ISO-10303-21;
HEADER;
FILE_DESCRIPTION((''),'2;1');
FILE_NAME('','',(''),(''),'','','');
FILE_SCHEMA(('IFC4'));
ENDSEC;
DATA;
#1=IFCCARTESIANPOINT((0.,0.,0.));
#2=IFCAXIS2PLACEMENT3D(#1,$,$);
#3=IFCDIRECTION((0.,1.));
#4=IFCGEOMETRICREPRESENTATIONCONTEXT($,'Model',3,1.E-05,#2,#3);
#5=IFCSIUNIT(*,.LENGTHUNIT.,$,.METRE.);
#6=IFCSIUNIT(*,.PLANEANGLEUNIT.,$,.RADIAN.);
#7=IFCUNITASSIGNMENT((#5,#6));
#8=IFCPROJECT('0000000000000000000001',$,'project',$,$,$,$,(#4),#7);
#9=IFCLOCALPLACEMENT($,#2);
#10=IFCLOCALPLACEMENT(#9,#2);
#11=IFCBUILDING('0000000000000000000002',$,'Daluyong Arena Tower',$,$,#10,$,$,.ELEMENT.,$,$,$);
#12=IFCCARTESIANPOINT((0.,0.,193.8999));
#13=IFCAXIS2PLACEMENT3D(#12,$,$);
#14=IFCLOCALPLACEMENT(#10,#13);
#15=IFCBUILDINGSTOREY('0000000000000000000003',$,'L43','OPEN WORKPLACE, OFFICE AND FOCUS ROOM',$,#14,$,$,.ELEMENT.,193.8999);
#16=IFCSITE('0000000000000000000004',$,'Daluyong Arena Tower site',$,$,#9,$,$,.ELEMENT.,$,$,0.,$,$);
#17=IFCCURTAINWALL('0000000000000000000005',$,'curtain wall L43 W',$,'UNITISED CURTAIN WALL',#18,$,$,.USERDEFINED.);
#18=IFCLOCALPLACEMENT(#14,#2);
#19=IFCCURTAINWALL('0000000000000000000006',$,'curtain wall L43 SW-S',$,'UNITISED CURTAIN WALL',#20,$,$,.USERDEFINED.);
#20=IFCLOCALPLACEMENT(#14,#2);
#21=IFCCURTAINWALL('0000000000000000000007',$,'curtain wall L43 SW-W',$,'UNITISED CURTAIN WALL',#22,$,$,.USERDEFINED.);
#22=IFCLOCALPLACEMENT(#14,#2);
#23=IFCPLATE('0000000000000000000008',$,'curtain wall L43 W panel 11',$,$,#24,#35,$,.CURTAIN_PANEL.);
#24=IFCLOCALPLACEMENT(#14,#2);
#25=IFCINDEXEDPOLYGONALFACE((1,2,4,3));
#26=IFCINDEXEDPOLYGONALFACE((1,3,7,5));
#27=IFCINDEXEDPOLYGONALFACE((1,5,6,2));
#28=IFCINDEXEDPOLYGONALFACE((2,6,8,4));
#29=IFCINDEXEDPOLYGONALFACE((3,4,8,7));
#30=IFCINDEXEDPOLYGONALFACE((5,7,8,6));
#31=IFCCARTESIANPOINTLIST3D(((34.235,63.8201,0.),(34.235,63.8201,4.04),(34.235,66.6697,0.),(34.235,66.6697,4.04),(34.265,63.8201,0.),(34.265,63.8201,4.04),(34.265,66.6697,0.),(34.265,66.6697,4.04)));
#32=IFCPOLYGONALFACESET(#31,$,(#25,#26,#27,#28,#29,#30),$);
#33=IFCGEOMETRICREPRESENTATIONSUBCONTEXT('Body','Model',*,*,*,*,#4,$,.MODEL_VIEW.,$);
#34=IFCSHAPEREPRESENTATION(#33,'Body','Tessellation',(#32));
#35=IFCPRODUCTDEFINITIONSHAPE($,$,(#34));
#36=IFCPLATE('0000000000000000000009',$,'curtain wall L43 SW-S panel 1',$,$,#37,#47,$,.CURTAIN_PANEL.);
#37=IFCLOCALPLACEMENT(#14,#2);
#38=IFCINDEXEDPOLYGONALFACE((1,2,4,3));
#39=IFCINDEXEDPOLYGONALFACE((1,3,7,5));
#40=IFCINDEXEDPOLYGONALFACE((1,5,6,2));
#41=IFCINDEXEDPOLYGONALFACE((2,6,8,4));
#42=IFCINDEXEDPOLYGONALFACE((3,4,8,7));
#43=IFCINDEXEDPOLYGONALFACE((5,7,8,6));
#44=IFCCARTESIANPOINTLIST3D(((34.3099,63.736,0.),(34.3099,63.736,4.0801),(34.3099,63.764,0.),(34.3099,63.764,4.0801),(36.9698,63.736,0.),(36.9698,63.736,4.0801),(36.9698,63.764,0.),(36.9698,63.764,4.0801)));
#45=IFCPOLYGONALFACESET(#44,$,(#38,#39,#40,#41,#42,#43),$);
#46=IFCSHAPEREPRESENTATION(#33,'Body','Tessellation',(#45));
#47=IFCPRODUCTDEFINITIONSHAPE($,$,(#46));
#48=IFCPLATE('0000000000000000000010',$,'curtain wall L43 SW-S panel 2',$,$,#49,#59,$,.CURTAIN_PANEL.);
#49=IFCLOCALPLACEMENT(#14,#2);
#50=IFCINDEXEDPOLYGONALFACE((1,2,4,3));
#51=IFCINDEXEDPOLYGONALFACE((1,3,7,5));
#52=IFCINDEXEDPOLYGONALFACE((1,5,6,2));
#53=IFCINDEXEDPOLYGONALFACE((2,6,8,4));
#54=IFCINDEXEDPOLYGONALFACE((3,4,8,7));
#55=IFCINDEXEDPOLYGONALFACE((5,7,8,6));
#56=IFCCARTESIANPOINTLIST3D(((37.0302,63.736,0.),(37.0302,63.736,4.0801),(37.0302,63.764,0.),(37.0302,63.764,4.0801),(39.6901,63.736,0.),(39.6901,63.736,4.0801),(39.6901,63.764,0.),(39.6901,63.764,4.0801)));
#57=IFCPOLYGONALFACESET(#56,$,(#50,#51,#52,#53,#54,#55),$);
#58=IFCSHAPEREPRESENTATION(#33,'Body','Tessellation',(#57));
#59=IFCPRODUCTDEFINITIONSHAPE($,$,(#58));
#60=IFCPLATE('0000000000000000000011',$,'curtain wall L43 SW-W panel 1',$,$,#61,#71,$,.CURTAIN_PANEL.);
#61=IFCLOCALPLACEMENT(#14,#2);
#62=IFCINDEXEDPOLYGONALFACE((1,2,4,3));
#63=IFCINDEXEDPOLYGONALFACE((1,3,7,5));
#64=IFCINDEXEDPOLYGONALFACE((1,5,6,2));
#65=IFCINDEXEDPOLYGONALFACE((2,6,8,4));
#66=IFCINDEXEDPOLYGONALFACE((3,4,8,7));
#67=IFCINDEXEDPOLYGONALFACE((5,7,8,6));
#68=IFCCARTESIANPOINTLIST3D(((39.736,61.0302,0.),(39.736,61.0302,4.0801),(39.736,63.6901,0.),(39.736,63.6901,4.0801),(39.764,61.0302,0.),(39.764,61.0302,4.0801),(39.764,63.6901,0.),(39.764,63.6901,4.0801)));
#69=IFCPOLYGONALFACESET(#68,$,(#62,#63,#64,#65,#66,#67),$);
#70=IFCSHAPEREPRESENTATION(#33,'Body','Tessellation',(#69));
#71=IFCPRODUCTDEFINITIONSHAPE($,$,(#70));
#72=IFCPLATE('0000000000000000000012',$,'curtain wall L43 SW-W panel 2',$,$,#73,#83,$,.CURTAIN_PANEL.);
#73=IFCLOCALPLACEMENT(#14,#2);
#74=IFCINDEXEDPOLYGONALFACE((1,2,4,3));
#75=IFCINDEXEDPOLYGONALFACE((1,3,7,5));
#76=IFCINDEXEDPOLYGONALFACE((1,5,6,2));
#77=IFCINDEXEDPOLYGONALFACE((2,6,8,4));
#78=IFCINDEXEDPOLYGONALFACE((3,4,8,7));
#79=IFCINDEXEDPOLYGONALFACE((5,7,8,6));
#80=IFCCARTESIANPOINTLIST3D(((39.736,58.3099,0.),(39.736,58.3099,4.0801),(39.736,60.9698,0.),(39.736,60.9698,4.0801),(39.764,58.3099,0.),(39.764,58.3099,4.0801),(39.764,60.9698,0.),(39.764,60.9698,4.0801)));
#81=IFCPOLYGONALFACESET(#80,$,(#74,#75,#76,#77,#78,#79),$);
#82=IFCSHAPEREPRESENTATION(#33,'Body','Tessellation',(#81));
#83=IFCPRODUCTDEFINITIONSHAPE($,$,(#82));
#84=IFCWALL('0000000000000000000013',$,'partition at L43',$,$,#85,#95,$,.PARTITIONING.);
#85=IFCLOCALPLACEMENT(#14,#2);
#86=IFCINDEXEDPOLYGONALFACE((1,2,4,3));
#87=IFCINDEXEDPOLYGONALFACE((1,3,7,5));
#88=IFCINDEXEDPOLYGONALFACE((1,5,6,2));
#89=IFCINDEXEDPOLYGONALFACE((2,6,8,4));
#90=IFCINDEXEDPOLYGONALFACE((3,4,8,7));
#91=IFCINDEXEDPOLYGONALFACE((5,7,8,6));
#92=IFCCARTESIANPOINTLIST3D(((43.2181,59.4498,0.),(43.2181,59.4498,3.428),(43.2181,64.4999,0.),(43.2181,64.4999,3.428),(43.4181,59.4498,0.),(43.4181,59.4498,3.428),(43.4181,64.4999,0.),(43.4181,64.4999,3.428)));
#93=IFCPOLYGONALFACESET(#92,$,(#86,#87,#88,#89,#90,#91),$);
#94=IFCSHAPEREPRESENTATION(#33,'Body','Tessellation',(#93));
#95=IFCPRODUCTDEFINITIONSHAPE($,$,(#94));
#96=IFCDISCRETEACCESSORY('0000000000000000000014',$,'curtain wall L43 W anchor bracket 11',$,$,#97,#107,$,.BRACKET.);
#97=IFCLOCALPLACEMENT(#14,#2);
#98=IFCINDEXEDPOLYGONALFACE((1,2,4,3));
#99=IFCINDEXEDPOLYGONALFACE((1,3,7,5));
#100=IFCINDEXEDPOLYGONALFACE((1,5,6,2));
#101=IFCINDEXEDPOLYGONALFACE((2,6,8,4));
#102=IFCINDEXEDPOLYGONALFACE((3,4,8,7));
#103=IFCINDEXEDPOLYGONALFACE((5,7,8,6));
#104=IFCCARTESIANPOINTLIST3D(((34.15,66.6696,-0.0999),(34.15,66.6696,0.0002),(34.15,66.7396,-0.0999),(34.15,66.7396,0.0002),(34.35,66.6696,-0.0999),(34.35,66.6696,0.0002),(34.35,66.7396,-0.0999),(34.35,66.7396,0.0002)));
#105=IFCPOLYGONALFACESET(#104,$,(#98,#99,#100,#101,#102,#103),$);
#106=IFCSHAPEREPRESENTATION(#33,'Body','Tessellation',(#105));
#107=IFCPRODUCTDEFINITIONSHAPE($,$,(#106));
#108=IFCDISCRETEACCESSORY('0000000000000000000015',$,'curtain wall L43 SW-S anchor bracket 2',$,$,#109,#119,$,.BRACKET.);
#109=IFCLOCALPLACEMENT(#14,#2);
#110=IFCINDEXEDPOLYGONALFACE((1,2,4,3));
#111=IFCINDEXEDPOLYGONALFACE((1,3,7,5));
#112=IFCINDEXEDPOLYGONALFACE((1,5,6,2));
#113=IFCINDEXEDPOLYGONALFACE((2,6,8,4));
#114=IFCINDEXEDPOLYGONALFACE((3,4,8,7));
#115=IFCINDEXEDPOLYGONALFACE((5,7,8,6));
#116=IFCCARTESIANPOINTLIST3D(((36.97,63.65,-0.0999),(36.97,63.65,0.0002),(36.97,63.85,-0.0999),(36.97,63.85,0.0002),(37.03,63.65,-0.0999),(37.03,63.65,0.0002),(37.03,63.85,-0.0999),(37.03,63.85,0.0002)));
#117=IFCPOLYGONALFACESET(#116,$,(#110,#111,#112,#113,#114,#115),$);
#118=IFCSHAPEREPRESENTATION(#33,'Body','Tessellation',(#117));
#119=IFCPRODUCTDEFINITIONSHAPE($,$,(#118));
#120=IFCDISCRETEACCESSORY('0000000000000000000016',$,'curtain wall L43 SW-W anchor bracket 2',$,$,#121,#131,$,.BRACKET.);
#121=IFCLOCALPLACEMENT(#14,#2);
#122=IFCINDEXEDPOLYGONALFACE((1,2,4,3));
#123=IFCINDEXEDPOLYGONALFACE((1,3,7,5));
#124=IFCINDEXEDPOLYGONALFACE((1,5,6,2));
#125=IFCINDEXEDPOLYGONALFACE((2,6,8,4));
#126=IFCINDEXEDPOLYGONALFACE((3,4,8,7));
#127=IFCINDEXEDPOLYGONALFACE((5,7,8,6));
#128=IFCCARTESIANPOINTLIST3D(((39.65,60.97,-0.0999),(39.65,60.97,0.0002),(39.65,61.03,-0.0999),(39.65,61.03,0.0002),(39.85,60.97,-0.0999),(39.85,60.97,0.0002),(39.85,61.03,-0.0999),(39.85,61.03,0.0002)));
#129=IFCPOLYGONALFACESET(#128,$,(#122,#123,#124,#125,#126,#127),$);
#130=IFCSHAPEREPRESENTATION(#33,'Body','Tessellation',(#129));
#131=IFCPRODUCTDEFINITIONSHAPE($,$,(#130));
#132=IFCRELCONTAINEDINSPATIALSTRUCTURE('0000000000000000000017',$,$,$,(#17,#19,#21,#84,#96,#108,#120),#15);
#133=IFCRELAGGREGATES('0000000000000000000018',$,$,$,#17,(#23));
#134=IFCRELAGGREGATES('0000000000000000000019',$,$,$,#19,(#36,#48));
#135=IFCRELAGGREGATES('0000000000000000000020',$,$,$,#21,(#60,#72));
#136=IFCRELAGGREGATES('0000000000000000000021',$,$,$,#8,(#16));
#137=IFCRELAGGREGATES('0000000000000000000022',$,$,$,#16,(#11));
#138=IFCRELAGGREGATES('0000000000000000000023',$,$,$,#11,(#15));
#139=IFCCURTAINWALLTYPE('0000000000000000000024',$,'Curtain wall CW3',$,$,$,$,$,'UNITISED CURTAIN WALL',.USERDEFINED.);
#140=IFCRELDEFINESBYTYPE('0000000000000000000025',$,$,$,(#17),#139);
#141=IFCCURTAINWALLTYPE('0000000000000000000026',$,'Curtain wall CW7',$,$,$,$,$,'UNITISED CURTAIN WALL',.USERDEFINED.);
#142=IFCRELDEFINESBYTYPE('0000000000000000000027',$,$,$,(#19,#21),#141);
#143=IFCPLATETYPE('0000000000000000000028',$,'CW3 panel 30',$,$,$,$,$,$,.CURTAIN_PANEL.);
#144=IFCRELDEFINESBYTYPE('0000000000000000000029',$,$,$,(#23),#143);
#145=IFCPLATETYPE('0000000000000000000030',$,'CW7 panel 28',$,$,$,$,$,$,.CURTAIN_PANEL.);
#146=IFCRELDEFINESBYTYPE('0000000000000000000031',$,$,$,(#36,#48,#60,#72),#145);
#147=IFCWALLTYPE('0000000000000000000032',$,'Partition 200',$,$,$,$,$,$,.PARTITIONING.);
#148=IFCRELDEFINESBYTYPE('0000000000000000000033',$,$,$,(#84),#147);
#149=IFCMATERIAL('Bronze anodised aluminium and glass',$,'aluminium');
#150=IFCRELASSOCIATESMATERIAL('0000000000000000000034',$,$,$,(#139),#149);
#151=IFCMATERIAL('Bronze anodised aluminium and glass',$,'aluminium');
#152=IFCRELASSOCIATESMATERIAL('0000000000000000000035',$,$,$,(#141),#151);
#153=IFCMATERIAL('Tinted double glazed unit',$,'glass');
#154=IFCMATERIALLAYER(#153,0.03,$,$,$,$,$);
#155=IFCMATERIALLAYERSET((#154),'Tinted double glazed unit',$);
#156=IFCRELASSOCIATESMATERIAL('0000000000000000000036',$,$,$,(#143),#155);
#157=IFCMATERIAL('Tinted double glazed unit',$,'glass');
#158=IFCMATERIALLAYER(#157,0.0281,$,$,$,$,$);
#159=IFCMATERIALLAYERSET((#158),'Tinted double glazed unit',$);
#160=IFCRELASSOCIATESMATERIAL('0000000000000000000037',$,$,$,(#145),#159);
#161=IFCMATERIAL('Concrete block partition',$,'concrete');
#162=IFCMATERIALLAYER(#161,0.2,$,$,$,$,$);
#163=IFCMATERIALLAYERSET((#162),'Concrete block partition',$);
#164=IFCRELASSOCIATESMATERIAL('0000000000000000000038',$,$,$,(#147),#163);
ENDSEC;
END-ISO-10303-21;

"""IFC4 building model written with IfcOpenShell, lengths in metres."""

from ifc_helpers import new_model, si_unit, direction, frame, frame_2d, origin, origin_2d, place, context, subcontext, project, spatial, rectangle, extrude, material, layer, layer_set, type_object, element, aggregate, save


model = new_model("IFC4")

# Units and contexts
model_context = context("Model", 3, precision=1e-05, world=origin(), true_north=direction((0.0, 1.0)))
body_context = subcontext(model_context, "Body", "Model", "MODEL_VIEW")
ifc_project = project(units=[si_unit("LENGTHUNIT", "METRE"), si_unit("PLANEANGLEUNIT", "RADIAN")], contexts=[model_context])

# Site, building, storey
site_placement = place(None, origin())
site = spatial("IfcSite", under=ifc_project, at=site_placement, Name="Daluyong Arena Tower site", CompositionType="ELEMENT", RefElevation=0.0)
building_placement = place(site_placement, origin())
building = spatial("IfcBuilding", under=site, at=building_placement, Name="Daluyong Arena Tower", CompositionType="ELEMENT")
storey_placement = place(building_placement, frame((0.0, 0.0, 193.8999)))
storey = spatial("IfcBuildingStorey", under=building, at=storey_placement, Name="L43", Description="OPEN WORKPLACE, OFFICE AND FOCUS ROOM", CompositionType="ELEMENT", Elevation=193.8999)

# Curtain walls
ifc_material_1 = material(Name="Bronze anodised aluminium and glass", Category="aluminium")
curtain_wall_type_1 = type_object("IfcCurtainWallType", Name="Curtain wall CW3", ElementType="UNITISED CURTAIN WALL", PredefinedType="USERDEFINED", material=ifc_material_1)
curtain_wall_1_placement = place(storey_placement, origin())
curtain_wall_1 = element("IfcCurtainWall", 1, at=curtain_wall_1_placement, inside=storey, type_object=curtain_wall_type_1, Name="curtain wall L43 W", ObjectType="UNITISED CURTAIN WALL", PredefinedType="USERDEFINED")
ifc_material_2 = material(Name="Bronze anodised aluminium and glass", Category="aluminium")
curtain_wall_type_2 = type_object("IfcCurtainWallType", Name="Curtain wall CW7", ElementType="UNITISED CURTAIN WALL", PredefinedType="USERDEFINED", material=ifc_material_2)
curtain_wall_2_placement = place(storey_placement, origin())
curtain_wall_2 = element("IfcCurtainWall", 2, at=curtain_wall_2_placement, inside=storey, type_object=curtain_wall_type_2, Name="curtain wall L43 SW-S", ObjectType="UNITISED CURTAIN WALL", PredefinedType="USERDEFINED")
curtain_wall_3_placement = place(storey_placement, origin())
curtain_wall_3 = element("IfcCurtainWall", 3, at=curtain_wall_3_placement, inside=storey, type_object=curtain_wall_type_2, Name="curtain wall L43 SW-W", ObjectType="UNITISED CURTAIN WALL", PredefinedType="USERDEFINED")

# Plates
ifc_material_3 = material(Name="Tinted double glazed unit", Category="glass")
ifc_layer_1 = layer(ifc_material_3, 0.03)
ifc_layer_set_1 = layer_set([ifc_layer_1], Name="Tinted double glazed unit")
plate_type_1 = type_object("IfcPlateType", Name="CW3 panel 30", PredefinedType="CURTAIN_PANEL", material=ifc_layer_set_1)
plate_1_placement = place(storey_placement, frame((34.25, 65.2449, 0.0), z_axis=(0.0, 0.0, 1.0), x_axis=(0.0, -1.0, 0.0)))
plate_1 = element("IfcPlate", 4, at=plate_1_placement, type_object=plate_type_1, Name="curtain wall L43 W panel 11", PredefinedType="CURTAIN_PANEL", context=body_context, shape_type="SweptSolid", body=[
    extrude(rectangle(XDim=2.8496, YDim=0.03, at=origin_2d()), origin(), (0.0, 0.0, 1.0), 4.04),
])
aggregate(curtain_wall_1, [plate_1])
ifc_material_4 = material(Name="Tinted double glazed unit", Category="glass")
ifc_layer_2 = layer(ifc_material_4, 0.0281)
ifc_layer_set_2 = layer_set([ifc_layer_2], Name="Tinted double glazed unit")
plate_type_2 = type_object("IfcPlateType", Name="CW7 panel 28", PredefinedType="CURTAIN_PANEL", material=ifc_layer_set_2)
plate_2_placement = place(storey_placement, frame((35.6399, 63.75, 0.0), z_axis=(0.0, 0.0, 1.0), x_axis=(1.0, 0.0, 0.0)))
plate_2 = element("IfcPlate", 5, at=plate_2_placement, type_object=plate_type_2, Name="curtain wall L43 SW-S panel 1", PredefinedType="CURTAIN_PANEL", context=body_context, shape_type="SweptSolid", body=[
    extrude(rectangle(XDim=2.6599, YDim=0.0281, at=origin_2d()), origin(), (0.0, 0.0, 1.0), 4.0801),
])
plate_3_placement = place(storey_placement, frame((38.3601, 63.75, 0.0), z_axis=(0.0, 0.0, 1.0), x_axis=(1.0, 0.0, 0.0)))
plate_3 = element("IfcPlate", 6, at=plate_3_placement, type_object=plate_type_2, Name="curtain wall L43 SW-S panel 2", PredefinedType="CURTAIN_PANEL", context=body_context, shape_type="SweptSolid", body=[
    extrude(rectangle(XDim=2.6599, YDim=0.0281, at=origin_2d()), origin(), (0.0, 0.0, 1.0), 4.0801),
])
aggregate(curtain_wall_2, [plate_2, plate_3])
plate_4_placement = place(storey_placement, frame((39.75, 62.3601, 0.0), z_axis=(0.0, 0.0, 1.0), x_axis=(0.0, -1.0, 0.0)))
plate_4 = element("IfcPlate", 7, at=plate_4_placement, type_object=plate_type_2, Name="curtain wall L43 SW-W panel 1", PredefinedType="CURTAIN_PANEL", context=body_context, shape_type="SweptSolid", body=[
    extrude(rectangle(XDim=2.6599, YDim=0.0281, at=origin_2d()), origin(), (0.0, 0.0, 1.0), 4.0801),
])
plate_5_placement = place(storey_placement, frame((39.75, 59.6399, 0.0), z_axis=(0.0, 0.0, 1.0), x_axis=(0.0, -1.0, 0.0)))
plate_5 = element("IfcPlate", 8, at=plate_5_placement, type_object=plate_type_2, Name="curtain wall L43 SW-W panel 2", PredefinedType="CURTAIN_PANEL", context=body_context, shape_type="SweptSolid", body=[
    extrude(rectangle(XDim=2.6599, YDim=0.0281, at=origin_2d()), origin(), (0.0, 0.0, 1.0), 4.0801),
])
aggregate(curtain_wall_3, [plate_4, plate_5])

# Wall
ifc_material_5 = material(Name="Concrete block partition", Category="concrete")
ifc_layer_3 = layer(ifc_material_5, 0.2)
ifc_layer_set_3 = layer_set([ifc_layer_3], Name="Concrete block partition")
wall_type_1 = type_object("IfcWallType", Name="Partition 200", PredefinedType="PARTITIONING", material=ifc_layer_set_3)
wall_1_placement = place(storey_placement, frame((43.3181, 59.45, 0.0), z_axis=(0.0, 0.0, 1.0), x_axis=(0.0, 1.0, 0.0)))
element("IfcWall", 9, at=wall_1_placement, inside=storey, type_object=wall_type_1, Name="partition at L43", PredefinedType="PARTITIONING", context=body_context, shape_type="SweptSolid", body=[
    extrude(rectangle(XDim=5.05, YDim=0.2, at=frame_2d((2.5249, 0.0))), origin(), (0.0, 0.0, 1.0), 3.428),
])

# Discrete accessories
discrete_accessory_placement = place(storey_placement, frame((34.25, 66.7046, -0.0999), z_axis=(0.0, 0.0, 1.0), x_axis=(0.0, -1.0, 0.0)))
element("IfcDiscreteAccessory", 10, at=discrete_accessory_placement, inside=storey, Name="curtain wall L43 W anchor bracket 11", PredefinedType="BRACKET", context=body_context, shape_type="SweptSolid", body=[
    extrude(rectangle(XDim=0.0701, YDim=0.2, at=origin_2d()), origin(), (0.0, 0.0, 1.0), 0.1001),
])
for number, where, z_axis, x_axis, name in (
    (11, (37.0, 63.75, -0.0999), (0.0, 0.0, 1.0), (1.0, 0.0, 0.0), "curtain wall L43 SW-S anchor bracket 2"),
    (12, (39.75, 61.0, -0.0999), (0.0, 0.0, 1.0), (0.0, -1.0, 0.0), "curtain wall L43 SW-W anchor bracket 2"),
):
    element("IfcDiscreteAccessory", number, at=place(storey_placement, frame(where, z_axis=z_axis, x_axis=x_axis)), inside=storey, Name=name, PredefinedType="BRACKET", context=body_context, shape_type="SweptSolid", body=[
        extrude(rectangle(XDim=0.0601, YDim=0.2, at=origin_2d()), origin(), (0.0, 0.0, 1.0), 0.1001),
    ])

save(model, "model.ifc")
